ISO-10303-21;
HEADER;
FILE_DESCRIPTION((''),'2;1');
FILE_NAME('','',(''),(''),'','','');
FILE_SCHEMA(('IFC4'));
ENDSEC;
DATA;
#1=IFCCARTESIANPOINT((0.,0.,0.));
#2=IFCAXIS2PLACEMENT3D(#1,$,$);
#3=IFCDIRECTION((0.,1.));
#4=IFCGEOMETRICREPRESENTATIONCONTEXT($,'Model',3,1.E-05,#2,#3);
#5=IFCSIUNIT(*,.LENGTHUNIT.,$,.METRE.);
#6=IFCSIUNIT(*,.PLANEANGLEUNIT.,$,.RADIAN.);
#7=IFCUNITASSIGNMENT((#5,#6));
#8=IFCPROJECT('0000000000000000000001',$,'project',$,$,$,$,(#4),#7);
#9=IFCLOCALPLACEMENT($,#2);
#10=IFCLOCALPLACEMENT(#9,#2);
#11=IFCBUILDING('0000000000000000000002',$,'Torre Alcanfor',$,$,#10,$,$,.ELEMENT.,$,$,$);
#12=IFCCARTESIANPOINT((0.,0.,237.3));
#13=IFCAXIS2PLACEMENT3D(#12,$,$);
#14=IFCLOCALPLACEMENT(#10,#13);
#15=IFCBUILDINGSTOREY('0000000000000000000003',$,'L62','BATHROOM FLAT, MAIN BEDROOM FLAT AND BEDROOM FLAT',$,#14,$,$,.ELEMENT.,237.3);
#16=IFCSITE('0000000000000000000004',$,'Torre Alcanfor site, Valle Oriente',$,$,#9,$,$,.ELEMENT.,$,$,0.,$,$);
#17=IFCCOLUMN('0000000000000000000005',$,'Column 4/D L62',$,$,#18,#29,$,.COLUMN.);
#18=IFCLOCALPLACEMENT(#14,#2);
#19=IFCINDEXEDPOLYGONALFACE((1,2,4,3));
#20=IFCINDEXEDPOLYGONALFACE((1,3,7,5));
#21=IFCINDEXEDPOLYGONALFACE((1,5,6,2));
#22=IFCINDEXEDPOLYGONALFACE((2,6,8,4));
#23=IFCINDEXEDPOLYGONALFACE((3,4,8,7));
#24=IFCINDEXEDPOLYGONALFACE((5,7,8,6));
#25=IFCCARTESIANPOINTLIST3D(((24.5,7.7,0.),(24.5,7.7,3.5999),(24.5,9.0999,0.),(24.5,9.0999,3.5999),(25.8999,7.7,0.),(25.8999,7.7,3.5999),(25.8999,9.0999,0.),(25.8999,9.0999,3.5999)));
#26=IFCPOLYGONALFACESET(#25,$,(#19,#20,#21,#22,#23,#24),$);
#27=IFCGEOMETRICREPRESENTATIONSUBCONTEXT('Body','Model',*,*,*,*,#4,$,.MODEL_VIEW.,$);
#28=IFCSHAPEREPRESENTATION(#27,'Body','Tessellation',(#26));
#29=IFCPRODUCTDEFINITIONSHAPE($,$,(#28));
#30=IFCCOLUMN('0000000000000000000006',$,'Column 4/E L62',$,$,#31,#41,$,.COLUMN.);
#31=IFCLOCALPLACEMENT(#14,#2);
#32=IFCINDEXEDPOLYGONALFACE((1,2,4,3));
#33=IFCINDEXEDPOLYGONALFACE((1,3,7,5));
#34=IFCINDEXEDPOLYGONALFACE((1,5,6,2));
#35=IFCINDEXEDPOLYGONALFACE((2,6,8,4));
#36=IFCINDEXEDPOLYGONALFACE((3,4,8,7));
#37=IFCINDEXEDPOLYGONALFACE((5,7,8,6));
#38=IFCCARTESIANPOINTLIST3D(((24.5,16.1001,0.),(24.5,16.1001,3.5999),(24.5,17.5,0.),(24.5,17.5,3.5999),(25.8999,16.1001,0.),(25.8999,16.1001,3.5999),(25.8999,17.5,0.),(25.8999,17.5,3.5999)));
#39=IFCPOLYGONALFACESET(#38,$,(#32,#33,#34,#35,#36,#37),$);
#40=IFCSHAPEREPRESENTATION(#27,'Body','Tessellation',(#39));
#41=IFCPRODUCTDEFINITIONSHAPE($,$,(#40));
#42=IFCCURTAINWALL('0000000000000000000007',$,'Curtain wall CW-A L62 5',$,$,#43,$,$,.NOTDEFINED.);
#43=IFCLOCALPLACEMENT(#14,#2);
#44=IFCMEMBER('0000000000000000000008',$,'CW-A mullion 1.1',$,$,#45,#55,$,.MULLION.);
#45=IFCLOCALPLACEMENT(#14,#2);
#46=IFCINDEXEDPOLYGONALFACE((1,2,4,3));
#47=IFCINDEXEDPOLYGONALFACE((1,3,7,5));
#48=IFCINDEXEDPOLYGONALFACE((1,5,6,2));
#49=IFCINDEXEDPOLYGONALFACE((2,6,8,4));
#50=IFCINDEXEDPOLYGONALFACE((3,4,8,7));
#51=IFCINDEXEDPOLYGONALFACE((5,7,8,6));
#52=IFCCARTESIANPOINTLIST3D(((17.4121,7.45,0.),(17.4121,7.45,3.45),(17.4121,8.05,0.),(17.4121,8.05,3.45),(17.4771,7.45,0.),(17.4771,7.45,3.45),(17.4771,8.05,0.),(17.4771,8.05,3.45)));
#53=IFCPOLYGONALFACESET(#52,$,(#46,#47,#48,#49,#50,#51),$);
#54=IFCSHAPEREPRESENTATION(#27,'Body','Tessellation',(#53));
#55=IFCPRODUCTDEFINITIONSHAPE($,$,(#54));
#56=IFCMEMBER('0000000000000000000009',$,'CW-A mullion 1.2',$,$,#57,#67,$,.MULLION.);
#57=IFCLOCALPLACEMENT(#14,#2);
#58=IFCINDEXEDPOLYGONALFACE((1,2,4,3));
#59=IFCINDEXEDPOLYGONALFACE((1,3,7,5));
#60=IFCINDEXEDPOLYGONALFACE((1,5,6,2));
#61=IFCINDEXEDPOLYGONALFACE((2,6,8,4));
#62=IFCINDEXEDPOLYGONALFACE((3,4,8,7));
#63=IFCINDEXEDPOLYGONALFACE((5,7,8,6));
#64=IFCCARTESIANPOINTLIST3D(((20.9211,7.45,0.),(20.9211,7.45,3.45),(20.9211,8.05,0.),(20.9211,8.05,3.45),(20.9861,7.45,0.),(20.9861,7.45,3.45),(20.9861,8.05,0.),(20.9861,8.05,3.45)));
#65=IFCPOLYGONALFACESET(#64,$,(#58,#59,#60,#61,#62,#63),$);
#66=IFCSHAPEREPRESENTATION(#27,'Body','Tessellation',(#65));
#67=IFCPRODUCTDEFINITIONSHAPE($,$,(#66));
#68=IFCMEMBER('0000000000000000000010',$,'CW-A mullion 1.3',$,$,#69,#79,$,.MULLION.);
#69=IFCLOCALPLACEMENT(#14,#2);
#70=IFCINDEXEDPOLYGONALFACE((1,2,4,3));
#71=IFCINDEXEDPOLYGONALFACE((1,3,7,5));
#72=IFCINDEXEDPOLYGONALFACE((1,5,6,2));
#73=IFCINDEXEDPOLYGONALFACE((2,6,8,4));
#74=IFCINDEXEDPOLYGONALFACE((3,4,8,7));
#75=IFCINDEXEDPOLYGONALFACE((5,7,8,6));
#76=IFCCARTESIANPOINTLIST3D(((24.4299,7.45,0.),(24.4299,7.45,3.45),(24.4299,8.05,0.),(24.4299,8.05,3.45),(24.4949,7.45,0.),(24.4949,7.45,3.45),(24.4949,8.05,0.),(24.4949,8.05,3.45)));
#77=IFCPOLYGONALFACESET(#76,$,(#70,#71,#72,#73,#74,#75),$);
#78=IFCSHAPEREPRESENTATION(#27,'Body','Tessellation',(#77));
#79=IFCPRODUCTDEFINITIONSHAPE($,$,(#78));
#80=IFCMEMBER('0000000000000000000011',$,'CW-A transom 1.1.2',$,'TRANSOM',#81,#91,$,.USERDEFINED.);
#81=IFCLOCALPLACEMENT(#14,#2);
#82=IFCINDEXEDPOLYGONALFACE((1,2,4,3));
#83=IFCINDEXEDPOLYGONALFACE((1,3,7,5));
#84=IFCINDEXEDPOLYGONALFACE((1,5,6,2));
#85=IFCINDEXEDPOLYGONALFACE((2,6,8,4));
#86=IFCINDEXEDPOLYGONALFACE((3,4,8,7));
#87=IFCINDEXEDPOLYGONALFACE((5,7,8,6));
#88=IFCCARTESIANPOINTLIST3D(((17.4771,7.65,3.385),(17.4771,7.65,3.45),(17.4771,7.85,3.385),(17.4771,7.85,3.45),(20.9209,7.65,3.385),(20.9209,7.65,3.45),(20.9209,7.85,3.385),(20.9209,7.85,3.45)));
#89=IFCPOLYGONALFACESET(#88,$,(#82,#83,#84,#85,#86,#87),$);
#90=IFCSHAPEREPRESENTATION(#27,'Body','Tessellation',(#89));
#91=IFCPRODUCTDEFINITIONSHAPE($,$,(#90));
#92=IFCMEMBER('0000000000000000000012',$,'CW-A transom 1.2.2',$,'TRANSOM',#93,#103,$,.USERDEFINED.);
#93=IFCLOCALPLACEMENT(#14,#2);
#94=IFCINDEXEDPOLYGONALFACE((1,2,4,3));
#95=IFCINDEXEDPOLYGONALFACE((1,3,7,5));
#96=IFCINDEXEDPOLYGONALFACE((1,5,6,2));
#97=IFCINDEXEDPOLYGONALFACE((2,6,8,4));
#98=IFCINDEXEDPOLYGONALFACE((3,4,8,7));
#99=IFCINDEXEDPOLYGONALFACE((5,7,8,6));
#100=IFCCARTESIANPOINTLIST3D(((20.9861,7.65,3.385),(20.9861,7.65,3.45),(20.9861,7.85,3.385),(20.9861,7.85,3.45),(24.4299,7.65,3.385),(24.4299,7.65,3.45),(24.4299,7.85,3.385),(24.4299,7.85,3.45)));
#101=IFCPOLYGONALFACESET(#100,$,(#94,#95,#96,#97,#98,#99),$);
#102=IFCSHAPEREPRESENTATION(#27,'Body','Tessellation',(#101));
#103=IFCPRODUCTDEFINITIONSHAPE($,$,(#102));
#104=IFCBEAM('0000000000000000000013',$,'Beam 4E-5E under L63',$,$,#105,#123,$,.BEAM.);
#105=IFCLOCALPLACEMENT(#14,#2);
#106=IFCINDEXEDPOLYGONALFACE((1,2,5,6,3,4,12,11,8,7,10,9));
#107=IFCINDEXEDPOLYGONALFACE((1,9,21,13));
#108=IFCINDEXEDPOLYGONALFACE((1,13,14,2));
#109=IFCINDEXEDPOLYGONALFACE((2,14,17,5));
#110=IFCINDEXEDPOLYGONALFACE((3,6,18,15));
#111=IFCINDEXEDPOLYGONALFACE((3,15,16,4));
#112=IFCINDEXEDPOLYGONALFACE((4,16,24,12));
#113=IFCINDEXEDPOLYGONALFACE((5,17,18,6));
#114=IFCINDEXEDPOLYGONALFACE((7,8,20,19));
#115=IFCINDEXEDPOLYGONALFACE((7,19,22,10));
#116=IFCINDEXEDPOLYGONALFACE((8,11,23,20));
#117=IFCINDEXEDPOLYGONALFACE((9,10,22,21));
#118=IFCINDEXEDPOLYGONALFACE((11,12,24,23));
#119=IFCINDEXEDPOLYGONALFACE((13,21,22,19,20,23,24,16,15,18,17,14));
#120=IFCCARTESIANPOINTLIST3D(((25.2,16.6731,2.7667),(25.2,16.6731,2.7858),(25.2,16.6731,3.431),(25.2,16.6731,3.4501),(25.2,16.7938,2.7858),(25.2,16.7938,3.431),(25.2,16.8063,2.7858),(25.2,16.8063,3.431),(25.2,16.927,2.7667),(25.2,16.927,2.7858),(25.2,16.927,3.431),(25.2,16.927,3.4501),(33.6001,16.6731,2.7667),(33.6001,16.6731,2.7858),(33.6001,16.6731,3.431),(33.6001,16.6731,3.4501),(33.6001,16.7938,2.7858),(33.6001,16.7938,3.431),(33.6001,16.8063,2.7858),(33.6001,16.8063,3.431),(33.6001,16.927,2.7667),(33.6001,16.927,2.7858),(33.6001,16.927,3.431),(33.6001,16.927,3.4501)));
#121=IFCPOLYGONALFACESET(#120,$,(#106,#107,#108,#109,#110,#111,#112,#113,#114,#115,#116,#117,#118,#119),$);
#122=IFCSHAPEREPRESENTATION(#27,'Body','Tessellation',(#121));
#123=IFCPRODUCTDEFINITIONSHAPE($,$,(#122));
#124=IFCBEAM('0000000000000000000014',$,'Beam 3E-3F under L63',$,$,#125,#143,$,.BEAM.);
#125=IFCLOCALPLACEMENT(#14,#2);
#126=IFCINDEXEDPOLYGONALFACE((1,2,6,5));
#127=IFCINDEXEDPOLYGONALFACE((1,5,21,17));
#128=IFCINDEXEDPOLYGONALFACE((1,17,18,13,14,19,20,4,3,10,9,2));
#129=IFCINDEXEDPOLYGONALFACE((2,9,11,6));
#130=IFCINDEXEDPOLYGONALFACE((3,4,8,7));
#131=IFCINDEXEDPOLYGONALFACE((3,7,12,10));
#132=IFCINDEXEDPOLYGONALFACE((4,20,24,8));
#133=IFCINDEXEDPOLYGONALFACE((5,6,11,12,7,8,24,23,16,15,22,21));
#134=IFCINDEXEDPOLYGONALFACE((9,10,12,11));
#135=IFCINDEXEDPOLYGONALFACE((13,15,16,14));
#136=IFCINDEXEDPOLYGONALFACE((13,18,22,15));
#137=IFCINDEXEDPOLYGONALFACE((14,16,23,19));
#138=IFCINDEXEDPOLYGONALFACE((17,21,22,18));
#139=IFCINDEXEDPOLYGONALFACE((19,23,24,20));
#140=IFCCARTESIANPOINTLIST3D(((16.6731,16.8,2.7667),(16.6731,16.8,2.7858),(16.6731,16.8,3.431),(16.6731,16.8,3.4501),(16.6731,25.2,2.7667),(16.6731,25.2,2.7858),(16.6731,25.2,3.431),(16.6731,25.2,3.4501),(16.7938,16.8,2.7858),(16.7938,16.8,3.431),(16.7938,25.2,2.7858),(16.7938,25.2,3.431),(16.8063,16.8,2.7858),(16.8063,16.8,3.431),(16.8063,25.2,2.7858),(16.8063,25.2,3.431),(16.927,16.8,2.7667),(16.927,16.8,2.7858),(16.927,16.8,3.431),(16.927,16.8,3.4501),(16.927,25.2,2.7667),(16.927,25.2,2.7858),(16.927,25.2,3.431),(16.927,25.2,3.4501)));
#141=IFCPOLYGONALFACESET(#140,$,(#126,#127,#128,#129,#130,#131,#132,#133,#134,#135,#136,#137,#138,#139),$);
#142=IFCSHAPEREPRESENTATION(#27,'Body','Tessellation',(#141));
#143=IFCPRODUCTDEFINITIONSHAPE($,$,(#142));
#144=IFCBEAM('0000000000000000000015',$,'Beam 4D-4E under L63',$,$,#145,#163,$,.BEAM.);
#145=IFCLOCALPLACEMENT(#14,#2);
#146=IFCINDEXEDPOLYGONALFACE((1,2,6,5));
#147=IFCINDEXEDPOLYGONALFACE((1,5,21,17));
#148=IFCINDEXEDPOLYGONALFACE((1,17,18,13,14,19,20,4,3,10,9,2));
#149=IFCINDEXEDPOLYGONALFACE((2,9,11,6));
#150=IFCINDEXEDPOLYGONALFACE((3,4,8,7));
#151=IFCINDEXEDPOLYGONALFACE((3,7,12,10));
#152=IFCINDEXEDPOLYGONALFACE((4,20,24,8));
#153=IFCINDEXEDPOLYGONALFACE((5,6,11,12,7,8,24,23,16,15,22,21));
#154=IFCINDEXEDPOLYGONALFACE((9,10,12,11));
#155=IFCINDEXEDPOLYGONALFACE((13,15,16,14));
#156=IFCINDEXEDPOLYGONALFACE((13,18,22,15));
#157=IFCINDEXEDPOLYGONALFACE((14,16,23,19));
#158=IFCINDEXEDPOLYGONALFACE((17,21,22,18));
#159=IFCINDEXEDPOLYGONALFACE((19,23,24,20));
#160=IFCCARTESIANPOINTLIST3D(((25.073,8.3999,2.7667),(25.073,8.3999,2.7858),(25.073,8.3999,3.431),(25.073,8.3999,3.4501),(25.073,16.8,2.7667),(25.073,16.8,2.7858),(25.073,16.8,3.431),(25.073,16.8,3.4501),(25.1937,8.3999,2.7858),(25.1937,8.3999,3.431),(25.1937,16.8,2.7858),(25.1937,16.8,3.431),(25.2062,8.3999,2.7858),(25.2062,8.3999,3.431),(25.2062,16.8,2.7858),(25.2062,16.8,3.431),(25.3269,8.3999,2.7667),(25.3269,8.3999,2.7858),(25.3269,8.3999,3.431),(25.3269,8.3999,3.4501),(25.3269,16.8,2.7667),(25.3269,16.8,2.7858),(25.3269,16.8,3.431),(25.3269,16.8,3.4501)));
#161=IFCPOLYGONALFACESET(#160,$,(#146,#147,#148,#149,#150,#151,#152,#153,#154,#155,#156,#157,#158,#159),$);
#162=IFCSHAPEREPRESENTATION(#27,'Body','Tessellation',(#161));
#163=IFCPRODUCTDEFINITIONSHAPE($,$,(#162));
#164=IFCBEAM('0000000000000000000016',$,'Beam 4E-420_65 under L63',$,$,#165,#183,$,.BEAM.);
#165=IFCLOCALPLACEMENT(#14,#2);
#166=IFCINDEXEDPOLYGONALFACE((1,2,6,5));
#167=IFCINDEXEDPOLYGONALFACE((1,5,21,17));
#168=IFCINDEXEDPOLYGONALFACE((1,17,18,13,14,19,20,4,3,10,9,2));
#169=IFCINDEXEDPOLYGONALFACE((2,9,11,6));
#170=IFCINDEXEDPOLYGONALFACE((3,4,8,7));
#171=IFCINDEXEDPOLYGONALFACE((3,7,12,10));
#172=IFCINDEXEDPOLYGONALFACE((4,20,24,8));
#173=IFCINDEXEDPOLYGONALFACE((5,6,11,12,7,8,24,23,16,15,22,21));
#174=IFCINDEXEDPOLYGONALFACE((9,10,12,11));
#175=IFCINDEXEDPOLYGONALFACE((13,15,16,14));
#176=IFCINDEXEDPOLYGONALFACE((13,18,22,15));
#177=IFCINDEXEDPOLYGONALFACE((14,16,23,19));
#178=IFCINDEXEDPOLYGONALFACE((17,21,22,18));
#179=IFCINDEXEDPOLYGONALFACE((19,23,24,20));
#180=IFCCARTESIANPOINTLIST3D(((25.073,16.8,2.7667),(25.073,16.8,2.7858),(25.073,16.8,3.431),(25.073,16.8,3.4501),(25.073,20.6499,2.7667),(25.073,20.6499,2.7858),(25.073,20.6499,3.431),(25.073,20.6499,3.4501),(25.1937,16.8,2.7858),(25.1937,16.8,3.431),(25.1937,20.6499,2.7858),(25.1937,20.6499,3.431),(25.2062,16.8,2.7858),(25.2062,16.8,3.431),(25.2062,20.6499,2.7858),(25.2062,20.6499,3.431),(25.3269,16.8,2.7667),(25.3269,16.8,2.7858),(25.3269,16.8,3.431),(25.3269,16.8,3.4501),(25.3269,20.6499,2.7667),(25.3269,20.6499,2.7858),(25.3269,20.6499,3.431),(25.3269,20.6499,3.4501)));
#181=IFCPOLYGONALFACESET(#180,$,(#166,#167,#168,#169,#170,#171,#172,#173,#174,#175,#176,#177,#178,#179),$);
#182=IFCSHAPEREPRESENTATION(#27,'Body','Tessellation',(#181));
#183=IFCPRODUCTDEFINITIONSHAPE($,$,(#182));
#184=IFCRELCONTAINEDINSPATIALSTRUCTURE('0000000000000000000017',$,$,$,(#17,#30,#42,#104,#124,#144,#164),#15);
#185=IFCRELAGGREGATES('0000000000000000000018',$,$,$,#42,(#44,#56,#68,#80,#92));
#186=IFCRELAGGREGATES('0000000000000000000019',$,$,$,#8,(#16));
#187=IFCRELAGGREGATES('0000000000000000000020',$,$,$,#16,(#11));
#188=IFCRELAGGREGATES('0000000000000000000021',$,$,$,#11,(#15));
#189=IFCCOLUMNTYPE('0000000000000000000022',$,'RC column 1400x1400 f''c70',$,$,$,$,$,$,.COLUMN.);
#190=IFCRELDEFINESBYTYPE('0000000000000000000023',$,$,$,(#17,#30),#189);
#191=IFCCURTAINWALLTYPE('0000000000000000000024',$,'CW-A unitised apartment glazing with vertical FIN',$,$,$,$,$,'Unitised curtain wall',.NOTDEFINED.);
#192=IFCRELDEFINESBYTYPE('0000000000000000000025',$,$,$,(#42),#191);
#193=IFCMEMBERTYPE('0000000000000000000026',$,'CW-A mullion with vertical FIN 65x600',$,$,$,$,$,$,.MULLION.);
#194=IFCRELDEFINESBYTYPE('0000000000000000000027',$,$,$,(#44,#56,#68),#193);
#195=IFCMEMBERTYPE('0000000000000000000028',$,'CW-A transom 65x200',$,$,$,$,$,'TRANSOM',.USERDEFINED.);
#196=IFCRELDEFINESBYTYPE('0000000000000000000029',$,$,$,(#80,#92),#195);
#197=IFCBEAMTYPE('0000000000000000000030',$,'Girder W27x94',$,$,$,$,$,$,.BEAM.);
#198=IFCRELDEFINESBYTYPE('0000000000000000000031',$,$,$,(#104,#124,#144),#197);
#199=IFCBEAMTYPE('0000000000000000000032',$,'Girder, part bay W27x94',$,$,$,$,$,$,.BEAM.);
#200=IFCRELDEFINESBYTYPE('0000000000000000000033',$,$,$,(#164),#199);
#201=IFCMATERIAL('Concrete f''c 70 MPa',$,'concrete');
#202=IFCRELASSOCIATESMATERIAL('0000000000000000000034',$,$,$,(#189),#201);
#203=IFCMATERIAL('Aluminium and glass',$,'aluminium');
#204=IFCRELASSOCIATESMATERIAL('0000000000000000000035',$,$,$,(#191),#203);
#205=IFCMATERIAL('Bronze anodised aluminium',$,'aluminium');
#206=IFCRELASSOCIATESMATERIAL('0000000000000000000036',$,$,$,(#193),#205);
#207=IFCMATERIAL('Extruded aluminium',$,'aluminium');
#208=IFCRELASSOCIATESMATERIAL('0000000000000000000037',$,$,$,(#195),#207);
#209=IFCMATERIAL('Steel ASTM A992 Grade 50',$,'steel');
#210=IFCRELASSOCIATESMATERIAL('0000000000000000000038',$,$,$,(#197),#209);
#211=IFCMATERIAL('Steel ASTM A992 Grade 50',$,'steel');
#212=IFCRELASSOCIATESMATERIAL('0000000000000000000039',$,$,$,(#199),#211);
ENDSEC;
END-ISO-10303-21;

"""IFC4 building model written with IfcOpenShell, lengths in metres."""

from ifc_helpers import new_model, si_unit, direction, frame, origin, origin_2d, place, context, subcontext, project, spatial, rectangle, i_section, extrude, material, material_profile, profile_set, type_object, element, aggregate, save


model = new_model("IFC4")

# Units and contexts
model_context = context("Model", 3, precision=1e-05, world=origin(), true_north=direction((0.0, 1.0)))
body_context = subcontext(model_context, "Body", "Model", "MODEL_VIEW")
ifc_project = project(units=[si_unit("LENGTHUNIT", "METRE"), si_unit("PLANEANGLEUNIT", "RADIAN")], contexts=[model_context])

# Site, building, storey
site_placement = place(None, origin())
site = spatial("IfcSite", under=ifc_project, at=site_placement, Name="Torre Alcanfor site, Valle Oriente", CompositionType="ELEMENT", RefElevation=0.0)
building_placement = place(site_placement, origin())
building = spatial("IfcBuilding", under=site, at=building_placement, Name="Torre Alcanfor", CompositionType="ELEMENT")
storey_placement = place(building_placement, frame((0.0, 0.0, 237.3)))
storey = spatial("IfcBuildingStorey", under=building, at=storey_placement, Name="L62", Description="BATHROOM FLAT, MAIN BEDROOM FLAT AND BEDROOM FLAT", CompositionType="ELEMENT", Elevation=237.3)

# Columns
ifc_material_1 = material(Name="Concrete f'c 70 MPa", Category="concrete")
ifc_material_profile_1 = material_profile(ifc_material_1, rectangle(XDim=1.3999, YDim=1.3999, at=origin_2d()), Name="1400x1400")
ifc_profile_set_1 = profile_set([ifc_material_profile_1], Name="Concrete f'c 70 MPa")
column_type = type_object("IfcColumnType", Name="RC column 1400x1400 f'c70", PredefinedType="COLUMN", material=ifc_profile_set_1)
for number, where, z_axis, x_axis, name in (
    (1, (25.2, 8.3999, 0.0), (0.0, 0.0, 1.0), (1.0, 0.0, 0.0), "Column 4/D L62"),
    (2, (25.2, 16.8, 0.0), (0.0, 0.0, 1.0), (1.0, 0.0, 0.0), "Column 4/E L62"),
):
    element("IfcColumn", number, at=place(storey_placement, frame(where, z_axis=z_axis, x_axis=x_axis)), inside=storey, type_object=column_type, Name=name, PredefinedType="COLUMN", context=body_context, shape_type="SweptSolid", body=[
        extrude(rectangle(XDim=1.3999, YDim=1.3999, at=origin_2d()), origin(), (0.0, 0.0, 1.0), 3.5999),
    ])

# Curtain wall, members
ifc_material_2 = material(Name="Aluminium and glass", Category="aluminium")
curtain_wall_type = type_object("IfcCurtainWallType", Name="CW-A unitised apartment glazing with vertical FIN", ElementType="Unitised curtain wall", PredefinedType="NOTDEFINED", material=ifc_material_2)
curtain_wall_placement = place(storey_placement, origin())
curtain_wall = element("IfcCurtainWall", 3, at=curtain_wall_placement, inside=storey, type_object=curtain_wall_type, Name="Curtain wall CW-A L62 5", PredefinedType="NOTDEFINED")
ifc_material_3 = material(Name="Bronze anodised aluminium", Category="aluminium")
ifc_material_profile_2 = material_profile(ifc_material_3, rectangle(XDim=0.6001, YDim=0.0649, at=origin_2d()), Name="CW-A mullion 65x600")
ifc_profile_set_2 = profile_set([ifc_material_profile_2], Name="Bronze anodised aluminium")
member_type_1 = type_object("IfcMemberType", Name="CW-A mullion with vertical FIN 65x600", PredefinedType="MULLION", material=ifc_profile_set_2)
member_1_placement = place(storey_placement, frame((17.4446, 7.75, 0.0), z_axis=(0.0, 0.0, 1.0), x_axis=(0.0, 1.0, 0.0)))
member_1 = element("IfcMember", 4, at=member_1_placement, type_object=member_type_1, Name="CW-A mullion 1.1", PredefinedType="MULLION", context=body_context, shape_type="SweptSolid", body=[
    extrude(rectangle(XDim=0.6001, YDim=0.0649, at=origin_2d()), origin(), (0.0, 0.0, 1.0), 3.45),
])
member_2_placement = place(storey_placement, frame((20.9536, 7.75, 0.0), z_axis=(0.0, 0.0, 1.0), x_axis=(0.0, 1.0, 0.0)))
member_2 = element("IfcMember", 5, at=member_2_placement, type_object=member_type_1, Name="CW-A mullion 1.2", PredefinedType="MULLION", context=body_context, shape_type="SweptSolid", body=[
    extrude(rectangle(XDim=0.6001, YDim=0.0649, at=origin_2d()), origin(), (0.0, 0.0, 1.0), 3.45),
])
member_3_placement = place(storey_placement, frame((24.4624, 7.75, 0.0), z_axis=(0.0, 0.0, 1.0), x_axis=(0.0, 1.0, 0.0)))
member_3 = element("IfcMember", 6, at=member_3_placement, type_object=member_type_1, Name="CW-A mullion 1.3", PredefinedType="MULLION", context=body_context, shape_type="SweptSolid", body=[
    extrude(rectangle(XDim=0.6001, YDim=0.0649, at=origin_2d()), origin(), (0.0, 0.0, 1.0), 3.45),
])
ifc_material_4 = material(Name="Extruded aluminium", Category="aluminium")
ifc_material_profile_3 = material_profile(ifc_material_4, rectangle(XDim=0.2, YDim=0.0649, at=origin_2d()), Name="CW-A transom 200x65")
ifc_profile_set_3 = profile_set([ifc_material_profile_3], Name="Extruded aluminium")
member_type_2 = type_object("IfcMemberType", Name="CW-A transom 65x200", ElementType="TRANSOM", PredefinedType="USERDEFINED", material=ifc_profile_set_3)
member_4_placement = place(storey_placement, frame((17.4771, 7.75, 3.4175), z_axis=(1.0, 0.0, 0.0), x_axis=(0.0, 1.0, 0.0)))
member_4 = element("IfcMember", 7, at=member_4_placement, type_object=member_type_2, Name="CW-A transom 1.1.2", ObjectType="TRANSOM", PredefinedType="USERDEFINED", context=body_context, shape_type="SweptSolid", body=[
    extrude(rectangle(XDim=0.2, YDim=0.0649, at=origin_2d()), origin(), (0.0, 0.0, 1.0), 3.4438),
])
member_5_placement = place(storey_placement, frame((20.9861, 7.75, 3.4175), z_axis=(1.0, 0.0, 0.0), x_axis=(0.0, 1.0, 0.0)))
member_5 = element("IfcMember", 8, at=member_5_placement, type_object=member_type_2, Name="CW-A transom 1.2.2", ObjectType="TRANSOM", PredefinedType="USERDEFINED", context=body_context, shape_type="SweptSolid", body=[
    extrude(rectangle(XDim=0.2, YDim=0.0649, at=origin_2d()), origin(), (0.0, 0.0, 1.0), 3.4438),
])

# Beams
ifc_material_5 = material(Name="Steel ASTM A992 Grade 50", Category="steel")
ifc_material_profile_4 = material_profile(ifc_material_5, i_section(OverallWidth=0.2539, OverallDepth=0.6833, WebThickness=0.0125, FlangeThickness=0.019, at=origin_2d()), Name="W27x94")
ifc_profile_set_4 = profile_set([ifc_material_profile_4], Name="Steel ASTM A992 Grade 50")
beam_type_1 = type_object("IfcBeamType", Name="Girder W27x94", PredefinedType="BEAM", material=ifc_profile_set_4)
beam_1_placement = place(storey_placement, frame((25.2, 16.8, 3.1084), z_axis=(1.0, 0.0, 0.0), x_axis=(0.0, 1.0, 0.0)))
element("IfcBeam", 9, at=beam_1_placement, inside=storey, type_object=beam_type_1, Name="Beam 4E-5E under L63", PredefinedType="BEAM", context=body_context, shape_type="SweptSolid", body=[
    extrude(i_section(OverallWidth=0.2539, OverallDepth=0.6833, WebThickness=0.0125, FlangeThickness=0.019, at=origin_2d()), origin(), (0.0, 0.0, 1.0), 8.4001),
])
beam_2_placement = place(storey_placement, frame((16.8, 16.8, 3.1084), z_axis=(0.0, 1.0, 0.0), x_axis=(-1.0, 0.0, 0.0)))
element("IfcBeam", 10, at=beam_2_placement, inside=storey, type_object=beam_type_1, Name="Beam 3E-3F under L63", PredefinedType="BEAM", context=body_context, shape_type="SweptSolid", body=[
    extrude(i_section(OverallWidth=0.2539, OverallDepth=0.6833, WebThickness=0.0125, FlangeThickness=0.019, at=origin_2d()), origin(), (0.0, 0.0, 1.0), 8.3999),
])
beam_3_placement = place(storey_placement, frame((25.2, 8.3999, 3.1084), z_axis=(0.0, 1.0, 0.0), x_axis=(-1.0, 0.0, 0.0)))
element("IfcBeam", 11, at=beam_3_placement, inside=storey, type_object=beam_type_1, Name="Beam 4D-4E under L63", PredefinedType="BEAM", context=body_context, shape_type="SweptSolid", body=[
    extrude(i_section(OverallWidth=0.2539, OverallDepth=0.6833, WebThickness=0.0125, FlangeThickness=0.019, at=origin_2d()), origin(), (0.0, 0.0, 1.0), 8.4001),
])
ifc_material_6 = material(Name="Steel ASTM A992 Grade 50", Category="steel")
ifc_material_profile_5 = material_profile(ifc_material_6, i_section(OverallWidth=0.2539, OverallDepth=0.6833, WebThickness=0.0125, FlangeThickness=0.019, at=origin_2d()), Name="W27x94")
ifc_profile_set_5 = profile_set([ifc_material_profile_5], Name="Steel ASTM A992 Grade 50")
beam_type_2 = type_object("IfcBeamType", Name="Girder, part bay W27x94", PredefinedType="BEAM", material=ifc_profile_set_5)
beam_4_placement = place(storey_placement, frame((25.2, 16.8, 3.1084), z_axis=(0.0, 1.0, 0.0), x_axis=(-1.0, 0.0, 0.0)))
element("IfcBeam", 12, at=beam_4_placement, inside=storey, type_object=beam_type_2, Name="Beam 4E-420_65 under L63", PredefinedType="BEAM", context=body_context, shape_type="SweptSolid", body=[
    extrude(i_section(OverallWidth=0.2539, OverallDepth=0.6833, WebThickness=0.0125, FlangeThickness=0.019, at=origin_2d()), origin(), (0.0, 0.0, 1.0), 3.8499),
])

aggregate(curtain_wall, [member_1, member_2, member_3, member_4, member_5])

save(model, "model.ifc")
